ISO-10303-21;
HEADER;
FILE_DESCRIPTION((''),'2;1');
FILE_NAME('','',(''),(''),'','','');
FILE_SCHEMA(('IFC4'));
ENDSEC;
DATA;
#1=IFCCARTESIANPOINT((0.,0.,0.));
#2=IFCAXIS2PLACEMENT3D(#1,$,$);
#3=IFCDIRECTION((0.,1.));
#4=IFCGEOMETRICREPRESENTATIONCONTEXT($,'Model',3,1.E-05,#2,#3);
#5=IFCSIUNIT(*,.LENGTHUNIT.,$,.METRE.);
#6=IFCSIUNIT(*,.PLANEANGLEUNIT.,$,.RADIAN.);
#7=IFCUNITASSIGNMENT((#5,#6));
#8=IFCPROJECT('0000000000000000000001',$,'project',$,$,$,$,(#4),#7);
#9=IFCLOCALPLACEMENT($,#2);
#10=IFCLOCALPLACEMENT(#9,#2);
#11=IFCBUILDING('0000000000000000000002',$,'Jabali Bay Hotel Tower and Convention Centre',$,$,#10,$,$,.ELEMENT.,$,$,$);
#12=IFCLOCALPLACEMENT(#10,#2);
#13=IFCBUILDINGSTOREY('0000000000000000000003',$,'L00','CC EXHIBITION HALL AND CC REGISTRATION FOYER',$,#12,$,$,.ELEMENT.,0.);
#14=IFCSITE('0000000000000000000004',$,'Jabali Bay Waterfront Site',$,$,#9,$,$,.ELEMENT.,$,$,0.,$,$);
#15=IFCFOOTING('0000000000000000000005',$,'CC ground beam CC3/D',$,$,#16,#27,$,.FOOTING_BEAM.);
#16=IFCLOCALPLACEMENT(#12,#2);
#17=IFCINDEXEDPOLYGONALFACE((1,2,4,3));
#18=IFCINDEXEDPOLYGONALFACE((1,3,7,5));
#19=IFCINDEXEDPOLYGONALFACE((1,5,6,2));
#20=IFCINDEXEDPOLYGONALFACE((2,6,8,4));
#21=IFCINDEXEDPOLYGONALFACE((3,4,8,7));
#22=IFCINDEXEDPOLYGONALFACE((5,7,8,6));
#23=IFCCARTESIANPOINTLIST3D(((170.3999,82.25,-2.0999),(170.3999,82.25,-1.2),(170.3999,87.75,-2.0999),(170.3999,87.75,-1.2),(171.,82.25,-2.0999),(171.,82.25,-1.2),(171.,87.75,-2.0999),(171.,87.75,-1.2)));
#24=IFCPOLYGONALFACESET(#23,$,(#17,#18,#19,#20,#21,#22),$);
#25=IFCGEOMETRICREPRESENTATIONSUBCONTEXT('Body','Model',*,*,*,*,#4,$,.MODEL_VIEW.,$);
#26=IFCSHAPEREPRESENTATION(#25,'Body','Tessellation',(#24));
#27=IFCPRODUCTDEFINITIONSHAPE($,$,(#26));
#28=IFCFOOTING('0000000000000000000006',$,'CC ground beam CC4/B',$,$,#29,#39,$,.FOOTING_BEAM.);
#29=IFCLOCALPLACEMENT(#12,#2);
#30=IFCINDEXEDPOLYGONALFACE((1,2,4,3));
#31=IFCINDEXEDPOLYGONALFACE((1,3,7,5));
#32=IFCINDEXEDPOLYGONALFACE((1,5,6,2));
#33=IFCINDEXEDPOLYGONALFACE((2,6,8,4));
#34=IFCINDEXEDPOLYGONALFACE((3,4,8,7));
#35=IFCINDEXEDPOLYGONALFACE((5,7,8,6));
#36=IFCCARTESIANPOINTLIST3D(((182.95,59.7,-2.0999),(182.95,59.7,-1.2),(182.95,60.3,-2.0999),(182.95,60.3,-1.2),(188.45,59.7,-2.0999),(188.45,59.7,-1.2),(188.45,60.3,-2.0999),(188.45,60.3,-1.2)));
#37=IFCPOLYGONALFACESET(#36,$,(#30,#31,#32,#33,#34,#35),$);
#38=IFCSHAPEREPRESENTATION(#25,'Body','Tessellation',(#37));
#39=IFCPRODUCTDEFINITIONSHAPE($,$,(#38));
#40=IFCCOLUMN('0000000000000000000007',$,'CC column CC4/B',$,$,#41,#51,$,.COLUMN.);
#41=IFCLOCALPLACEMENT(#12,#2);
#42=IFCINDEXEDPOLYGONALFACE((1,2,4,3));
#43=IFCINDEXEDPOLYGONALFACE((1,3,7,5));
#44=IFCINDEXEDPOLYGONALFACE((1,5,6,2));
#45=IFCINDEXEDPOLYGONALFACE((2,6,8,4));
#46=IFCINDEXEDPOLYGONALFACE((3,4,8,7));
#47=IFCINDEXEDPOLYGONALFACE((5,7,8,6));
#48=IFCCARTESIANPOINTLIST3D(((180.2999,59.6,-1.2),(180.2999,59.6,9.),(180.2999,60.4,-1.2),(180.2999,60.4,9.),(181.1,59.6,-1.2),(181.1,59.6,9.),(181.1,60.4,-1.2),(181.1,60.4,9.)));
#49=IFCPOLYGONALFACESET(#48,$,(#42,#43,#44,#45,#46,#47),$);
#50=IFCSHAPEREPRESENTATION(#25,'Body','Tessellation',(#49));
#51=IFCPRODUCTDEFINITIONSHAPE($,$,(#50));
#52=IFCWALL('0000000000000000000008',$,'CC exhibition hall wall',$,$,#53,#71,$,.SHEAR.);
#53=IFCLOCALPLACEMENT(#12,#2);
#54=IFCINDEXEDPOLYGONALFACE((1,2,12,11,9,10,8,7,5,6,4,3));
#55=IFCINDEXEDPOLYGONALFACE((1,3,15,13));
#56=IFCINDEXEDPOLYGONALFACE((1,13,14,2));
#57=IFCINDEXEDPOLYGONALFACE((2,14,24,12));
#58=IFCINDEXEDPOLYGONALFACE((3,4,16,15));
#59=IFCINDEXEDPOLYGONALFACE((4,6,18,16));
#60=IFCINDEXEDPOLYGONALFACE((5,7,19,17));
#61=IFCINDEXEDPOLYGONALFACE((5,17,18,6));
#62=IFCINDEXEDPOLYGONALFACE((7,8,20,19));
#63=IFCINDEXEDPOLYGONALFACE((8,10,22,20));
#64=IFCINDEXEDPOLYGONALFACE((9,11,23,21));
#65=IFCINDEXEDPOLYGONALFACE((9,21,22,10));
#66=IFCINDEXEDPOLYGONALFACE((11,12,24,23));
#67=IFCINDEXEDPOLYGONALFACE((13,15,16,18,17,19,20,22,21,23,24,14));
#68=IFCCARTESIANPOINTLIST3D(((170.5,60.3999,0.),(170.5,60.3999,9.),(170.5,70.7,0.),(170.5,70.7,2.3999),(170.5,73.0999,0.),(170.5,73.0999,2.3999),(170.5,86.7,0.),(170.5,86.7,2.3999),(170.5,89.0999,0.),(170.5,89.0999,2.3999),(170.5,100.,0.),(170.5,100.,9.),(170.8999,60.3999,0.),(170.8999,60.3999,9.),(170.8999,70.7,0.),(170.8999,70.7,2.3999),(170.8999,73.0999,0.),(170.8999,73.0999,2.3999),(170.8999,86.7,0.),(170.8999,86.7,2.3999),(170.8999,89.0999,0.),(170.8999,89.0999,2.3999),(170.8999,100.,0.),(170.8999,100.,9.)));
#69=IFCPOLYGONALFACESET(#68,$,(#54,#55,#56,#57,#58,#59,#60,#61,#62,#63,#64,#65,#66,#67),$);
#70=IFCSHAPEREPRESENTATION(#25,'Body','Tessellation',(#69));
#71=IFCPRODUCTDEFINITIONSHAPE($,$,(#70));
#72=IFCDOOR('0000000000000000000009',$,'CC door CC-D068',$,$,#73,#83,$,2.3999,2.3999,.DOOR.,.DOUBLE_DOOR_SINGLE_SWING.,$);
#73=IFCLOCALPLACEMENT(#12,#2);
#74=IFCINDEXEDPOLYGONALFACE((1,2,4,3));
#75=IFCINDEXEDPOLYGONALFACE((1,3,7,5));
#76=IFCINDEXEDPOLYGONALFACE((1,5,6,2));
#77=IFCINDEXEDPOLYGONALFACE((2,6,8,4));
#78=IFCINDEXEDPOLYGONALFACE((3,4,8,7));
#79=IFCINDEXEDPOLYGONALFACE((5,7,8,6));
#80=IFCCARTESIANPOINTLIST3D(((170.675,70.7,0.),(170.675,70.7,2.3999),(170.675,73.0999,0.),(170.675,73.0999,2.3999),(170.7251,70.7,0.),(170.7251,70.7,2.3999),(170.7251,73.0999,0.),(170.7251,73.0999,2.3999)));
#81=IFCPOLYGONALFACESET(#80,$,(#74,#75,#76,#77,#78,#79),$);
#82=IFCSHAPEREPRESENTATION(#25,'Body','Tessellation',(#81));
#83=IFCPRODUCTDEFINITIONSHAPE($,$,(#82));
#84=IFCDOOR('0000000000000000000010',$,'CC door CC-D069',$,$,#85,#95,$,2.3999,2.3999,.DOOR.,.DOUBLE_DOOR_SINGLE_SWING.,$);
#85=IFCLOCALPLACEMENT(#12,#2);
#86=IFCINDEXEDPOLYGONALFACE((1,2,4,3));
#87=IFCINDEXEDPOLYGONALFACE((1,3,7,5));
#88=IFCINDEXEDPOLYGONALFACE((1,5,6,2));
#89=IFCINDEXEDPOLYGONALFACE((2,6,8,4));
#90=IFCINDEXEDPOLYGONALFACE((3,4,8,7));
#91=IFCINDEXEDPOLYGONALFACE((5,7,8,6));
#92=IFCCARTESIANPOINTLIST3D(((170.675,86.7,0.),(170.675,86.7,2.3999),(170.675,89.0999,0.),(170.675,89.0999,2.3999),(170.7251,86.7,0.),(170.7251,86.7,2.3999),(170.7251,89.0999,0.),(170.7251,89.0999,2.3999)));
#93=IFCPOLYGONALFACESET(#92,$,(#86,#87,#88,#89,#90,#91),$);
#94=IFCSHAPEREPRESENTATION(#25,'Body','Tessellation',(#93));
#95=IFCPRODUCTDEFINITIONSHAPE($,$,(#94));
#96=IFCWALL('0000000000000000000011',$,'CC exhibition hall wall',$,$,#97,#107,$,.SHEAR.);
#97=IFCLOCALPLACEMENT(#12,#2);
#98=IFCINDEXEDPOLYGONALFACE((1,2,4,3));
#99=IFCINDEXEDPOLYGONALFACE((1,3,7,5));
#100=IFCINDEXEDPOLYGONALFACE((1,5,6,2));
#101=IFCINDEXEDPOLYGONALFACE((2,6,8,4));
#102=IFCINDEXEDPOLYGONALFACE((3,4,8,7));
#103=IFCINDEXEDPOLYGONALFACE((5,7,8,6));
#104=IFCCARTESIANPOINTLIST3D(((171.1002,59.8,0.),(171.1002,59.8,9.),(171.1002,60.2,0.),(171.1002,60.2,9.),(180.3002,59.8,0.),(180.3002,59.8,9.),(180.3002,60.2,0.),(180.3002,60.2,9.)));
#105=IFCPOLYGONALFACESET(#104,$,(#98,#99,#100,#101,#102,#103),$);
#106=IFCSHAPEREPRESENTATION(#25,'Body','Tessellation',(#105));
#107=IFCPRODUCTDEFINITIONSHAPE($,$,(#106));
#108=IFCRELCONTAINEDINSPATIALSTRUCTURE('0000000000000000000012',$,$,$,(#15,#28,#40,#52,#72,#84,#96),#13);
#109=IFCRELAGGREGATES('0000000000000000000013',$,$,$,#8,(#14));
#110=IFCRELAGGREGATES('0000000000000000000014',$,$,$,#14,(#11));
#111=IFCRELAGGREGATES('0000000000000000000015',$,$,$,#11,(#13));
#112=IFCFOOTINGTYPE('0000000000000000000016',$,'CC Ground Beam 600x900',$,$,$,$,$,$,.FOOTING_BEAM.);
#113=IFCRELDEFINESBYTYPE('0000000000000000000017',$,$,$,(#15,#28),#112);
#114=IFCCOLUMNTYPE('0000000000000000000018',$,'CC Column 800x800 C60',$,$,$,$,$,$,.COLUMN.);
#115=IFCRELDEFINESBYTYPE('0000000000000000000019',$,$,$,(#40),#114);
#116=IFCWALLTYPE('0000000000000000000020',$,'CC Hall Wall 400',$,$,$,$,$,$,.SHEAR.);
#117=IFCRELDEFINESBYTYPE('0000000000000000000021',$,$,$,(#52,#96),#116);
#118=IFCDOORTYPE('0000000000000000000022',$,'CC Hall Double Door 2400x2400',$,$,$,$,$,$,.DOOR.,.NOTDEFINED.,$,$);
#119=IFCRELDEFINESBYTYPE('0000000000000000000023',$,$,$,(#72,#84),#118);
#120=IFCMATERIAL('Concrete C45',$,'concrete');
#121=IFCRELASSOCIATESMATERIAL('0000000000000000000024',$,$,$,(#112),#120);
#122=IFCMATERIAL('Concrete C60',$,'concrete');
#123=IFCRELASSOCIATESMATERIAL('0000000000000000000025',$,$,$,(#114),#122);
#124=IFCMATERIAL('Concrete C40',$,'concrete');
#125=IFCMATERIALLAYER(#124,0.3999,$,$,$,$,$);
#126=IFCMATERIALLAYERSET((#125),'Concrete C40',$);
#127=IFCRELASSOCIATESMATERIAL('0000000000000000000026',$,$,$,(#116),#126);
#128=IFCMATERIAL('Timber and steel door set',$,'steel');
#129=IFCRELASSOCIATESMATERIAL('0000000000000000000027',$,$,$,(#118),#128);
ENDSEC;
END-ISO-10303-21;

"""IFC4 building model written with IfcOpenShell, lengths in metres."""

from ifc_helpers import new_model, si_unit, direction, frame, frame_2d, origin, origin_2d, place, context, subcontext, project, spatial, rectangle, extrude, material, layer, layer_set, material_profile, profile_set, type_object, element, fill, save


model = new_model("IFC4")

# Units and contexts
model_context = context("Model", 3, precision=1e-05, world=origin(), true_north=direction((0.0, 1.0)))
body_context = subcontext(model_context, "Body", "Model", "MODEL_VIEW")
ifc_project = project(units=[si_unit("LENGTHUNIT", "METRE"), si_unit("PLANEANGLEUNIT", "RADIAN")], contexts=[model_context])

# Site, building, storey
site_placement = place(None, origin())
site = spatial("IfcSite", under=ifc_project, at=site_placement, Name="Jabali Bay Waterfront Site", CompositionType="ELEMENT", RefElevation=0.0)
building_placement = place(site_placement, origin())
building = spatial("IfcBuilding", under=site, at=building_placement, Name="Jabali Bay Hotel Tower and Convention Centre", CompositionType="ELEMENT")
storey_placement = place(building_placement, origin())
storey = spatial("IfcBuildingStorey", under=building, at=storey_placement, Name="L00", Description="CC EXHIBITION HALL AND CC REGISTRATION FOYER", CompositionType="ELEMENT", Elevation=0.0)

# Shared definitions
ifc_material_1 = material(Name="Concrete C45", Category="concrete")

# Footings
ifc_material_profile_1 = material_profile(ifc_material_1, rectangle(XDim=0.6001, YDim=0.8999, at=origin_2d()), Name="RC 600x900")
ifc_profile_set_1 = profile_set([ifc_material_profile_1], Name="Concrete C45")
footing_type = type_object("IfcFootingType", Name="CC Ground Beam 600x900", PredefinedType="FOOTING_BEAM", material=ifc_profile_set_1)
for number, where, z_axis, x_axis, name in (
    (1, (170.7, 82.25, -1.6499), (0.0, 1.0, 0.0), (-1.0, 0.0, 0.0), "CC ground beam CC3/D"),
    (2, (182.95, 60.0, -1.6499), (1.0, 0.0, 0.0), (0.0, 1.0, 0.0), "CC ground beam CC4/B"),
):
    element("IfcFooting", number, at=place(storey_placement, frame(where, z_axis=z_axis, x_axis=x_axis)), inside=storey, type_object=footing_type, Name=name, PredefinedType="FOOTING_BEAM", context=body_context, shape_type="SweptSolid", body=[
        extrude(rectangle(XDim=0.6001, YDim=0.8999, at=origin_2d()), origin(), (0.0, 0.0, 1.0), 5.5),
    ])

# Column
ifc_material_2 = material(Name="Concrete C60", Category="concrete")
ifc_material_profile_2 = material_profile(ifc_material_2, rectangle(XDim=0.8, YDim=0.8, at=origin_2d()), Name="RC 800x800")
ifc_profile_set_2 = profile_set([ifc_material_profile_2], Name="Concrete C60")
column_type = type_object("IfcColumnType", Name="CC Column 800x800 C60", PredefinedType="COLUMN", material=ifc_profile_set_2)
column_placement = place(storey_placement, frame((180.7, 60.0, -1.2), z_axis=(0.0, 0.0, 1.0), x_axis=(1.0, 0.0, 0.0)))
element("IfcColumn", 3, at=column_placement, inside=storey, type_object=column_type, Name="CC column CC4/B", PredefinedType="COLUMN", context=body_context, shape_type="SweptSolid", body=[
    extrude(rectangle(XDim=0.8, YDim=0.8, at=origin_2d()), origin(), (0.0, 0.0, 1.0), 10.2),
])

# Wall, openings, doors
ifc_material_3 = material(Name="Concrete C40", Category="concrete")
ifc_layer = layer(ifc_material_3, 0.3999)
ifc_layer_set = layer_set([ifc_layer], Name="Concrete C40")
wall_type = type_object("IfcWallType", Name="CC Hall Wall 400", PredefinedType="SHEAR", material=ifc_layer_set)
wall_1_placement = place(storey_placement, frame((170.7, 60.3999, 0.0), z_axis=(0.0, 0.0, 1.0), x_axis=(0.0, 1.0, 0.0)))
wall_1 = element("IfcWall", 4, at=wall_1_placement, inside=storey, type_object=wall_type, Name="CC exhibition hall wall", PredefinedType="SHEAR", context=body_context, shape_type="SweptSolid", body=[
    extrude(rectangle(XDim=39.6001, YDim=0.3999, at=frame_2d((19.8, 0.0))), origin(), (0.0, 0.0, 1.0), 9.0),
])
opening_1_placement = place(wall_1_placement, frame((10.3, 0.0, 0.0)))
opening_1 = element("IfcOpeningElement", 5, at=opening_1_placement, cuts=wall_1, PredefinedType="OPENING", context=body_context, shape_type="SweptSolid", body=[
    extrude(rectangle(XDim=2.3999, YDim=2.3999, at=frame_2d((1.2, 1.2))), frame((0.0, 0.2104, 0.0), z_axis=(0.0, -1.0, 0.0), x_axis=(1.0, 0.0, 0.0)), (0.0, 0.0, 1.0), 0.4209),
])
opening_2_placement = place(wall_1_placement, frame((26.3, 0.0, 0.0)))
opening_2 = element("IfcOpeningElement", 6, at=opening_2_placement, cuts=wall_1, PredefinedType="OPENING", context=body_context, shape_type="SweptSolid", body=[
    extrude(rectangle(XDim=2.3999, YDim=2.3999, at=frame_2d((1.2, 1.2))), frame((0.0, 0.2104, 0.0), z_axis=(0.0, -1.0, 0.0), x_axis=(1.0, 0.0, 0.0)), (0.0, 0.0, 1.0), 0.4209),
])
ifc_material_4 = material(Name="Timber and steel door set", Category="steel")
door_type = type_object("IfcDoorType", Name="CC Hall Double Door 2400x2400", OperationType="NOTDEFINED", PredefinedType="DOOR", material=ifc_material_4)
door_1_placement = place(opening_1_placement, origin())
door_1 = element("IfcDoor", 7, at=door_1_placement, inside=storey, type_object=door_type, Name="CC door CC-D068", OperationType="DOUBLE_DOOR_SINGLE_SWING", OverallHeight=2.3999, OverallWidth=2.3999, PredefinedType="DOOR", context=body_context, shape_type="SweptSolid", body=[
    extrude(rectangle(XDim=2.3999, YDim=2.3999, at=frame_2d((1.2, 1.2))), frame((0.0, 0.0249, 0.0), z_axis=(0.0, -1.0, 0.0), x_axis=(1.0, 0.0, 0.0)), (0.0, 0.0, 1.0), 0.05),
])
fill(opening_1, door_1)
door_2_placement = place(opening_2_placement, origin())
door_2 = element("IfcDoor", 8, at=door_2_placement, inside=storey, type_object=door_type, Name="CC door CC-D069", OperationType="DOUBLE_DOOR_SINGLE_SWING", OverallHeight=2.3999, OverallWidth=2.3999, PredefinedType="DOOR", context=body_context, shape_type="SweptSolid", body=[
    extrude(rectangle(XDim=2.3999, YDim=2.3999, at=frame_2d((1.2, 1.2))), frame((0.0, 0.0249, 0.0), z_axis=(0.0, -1.0, 0.0), x_axis=(1.0, 0.0, 0.0)), (0.0, 0.0, 1.0), 0.05),
])
fill(opening_2, door_2)

# Wall
wall_2_placement = place(storey_placement, frame((171.1001, 60.0, 0.0), z_axis=(0.0, 0.0, 1.0), x_axis=(1.0, 0.0, 0.0)))
element("IfcWall", 9, at=wall_2_placement, inside=storey, type_object=wall_type, Name="CC exhibition hall wall", PredefinedType="SHEAR", context=body_context, shape_type="SweptSolid", body=[
    extrude(rectangle(XDim=9.2, YDim=0.3999, at=frame_2d((4.6001, 0.0))), origin(), (0.0, 0.0, 1.0), 9.0),
])

save(model, "model.ifc")
